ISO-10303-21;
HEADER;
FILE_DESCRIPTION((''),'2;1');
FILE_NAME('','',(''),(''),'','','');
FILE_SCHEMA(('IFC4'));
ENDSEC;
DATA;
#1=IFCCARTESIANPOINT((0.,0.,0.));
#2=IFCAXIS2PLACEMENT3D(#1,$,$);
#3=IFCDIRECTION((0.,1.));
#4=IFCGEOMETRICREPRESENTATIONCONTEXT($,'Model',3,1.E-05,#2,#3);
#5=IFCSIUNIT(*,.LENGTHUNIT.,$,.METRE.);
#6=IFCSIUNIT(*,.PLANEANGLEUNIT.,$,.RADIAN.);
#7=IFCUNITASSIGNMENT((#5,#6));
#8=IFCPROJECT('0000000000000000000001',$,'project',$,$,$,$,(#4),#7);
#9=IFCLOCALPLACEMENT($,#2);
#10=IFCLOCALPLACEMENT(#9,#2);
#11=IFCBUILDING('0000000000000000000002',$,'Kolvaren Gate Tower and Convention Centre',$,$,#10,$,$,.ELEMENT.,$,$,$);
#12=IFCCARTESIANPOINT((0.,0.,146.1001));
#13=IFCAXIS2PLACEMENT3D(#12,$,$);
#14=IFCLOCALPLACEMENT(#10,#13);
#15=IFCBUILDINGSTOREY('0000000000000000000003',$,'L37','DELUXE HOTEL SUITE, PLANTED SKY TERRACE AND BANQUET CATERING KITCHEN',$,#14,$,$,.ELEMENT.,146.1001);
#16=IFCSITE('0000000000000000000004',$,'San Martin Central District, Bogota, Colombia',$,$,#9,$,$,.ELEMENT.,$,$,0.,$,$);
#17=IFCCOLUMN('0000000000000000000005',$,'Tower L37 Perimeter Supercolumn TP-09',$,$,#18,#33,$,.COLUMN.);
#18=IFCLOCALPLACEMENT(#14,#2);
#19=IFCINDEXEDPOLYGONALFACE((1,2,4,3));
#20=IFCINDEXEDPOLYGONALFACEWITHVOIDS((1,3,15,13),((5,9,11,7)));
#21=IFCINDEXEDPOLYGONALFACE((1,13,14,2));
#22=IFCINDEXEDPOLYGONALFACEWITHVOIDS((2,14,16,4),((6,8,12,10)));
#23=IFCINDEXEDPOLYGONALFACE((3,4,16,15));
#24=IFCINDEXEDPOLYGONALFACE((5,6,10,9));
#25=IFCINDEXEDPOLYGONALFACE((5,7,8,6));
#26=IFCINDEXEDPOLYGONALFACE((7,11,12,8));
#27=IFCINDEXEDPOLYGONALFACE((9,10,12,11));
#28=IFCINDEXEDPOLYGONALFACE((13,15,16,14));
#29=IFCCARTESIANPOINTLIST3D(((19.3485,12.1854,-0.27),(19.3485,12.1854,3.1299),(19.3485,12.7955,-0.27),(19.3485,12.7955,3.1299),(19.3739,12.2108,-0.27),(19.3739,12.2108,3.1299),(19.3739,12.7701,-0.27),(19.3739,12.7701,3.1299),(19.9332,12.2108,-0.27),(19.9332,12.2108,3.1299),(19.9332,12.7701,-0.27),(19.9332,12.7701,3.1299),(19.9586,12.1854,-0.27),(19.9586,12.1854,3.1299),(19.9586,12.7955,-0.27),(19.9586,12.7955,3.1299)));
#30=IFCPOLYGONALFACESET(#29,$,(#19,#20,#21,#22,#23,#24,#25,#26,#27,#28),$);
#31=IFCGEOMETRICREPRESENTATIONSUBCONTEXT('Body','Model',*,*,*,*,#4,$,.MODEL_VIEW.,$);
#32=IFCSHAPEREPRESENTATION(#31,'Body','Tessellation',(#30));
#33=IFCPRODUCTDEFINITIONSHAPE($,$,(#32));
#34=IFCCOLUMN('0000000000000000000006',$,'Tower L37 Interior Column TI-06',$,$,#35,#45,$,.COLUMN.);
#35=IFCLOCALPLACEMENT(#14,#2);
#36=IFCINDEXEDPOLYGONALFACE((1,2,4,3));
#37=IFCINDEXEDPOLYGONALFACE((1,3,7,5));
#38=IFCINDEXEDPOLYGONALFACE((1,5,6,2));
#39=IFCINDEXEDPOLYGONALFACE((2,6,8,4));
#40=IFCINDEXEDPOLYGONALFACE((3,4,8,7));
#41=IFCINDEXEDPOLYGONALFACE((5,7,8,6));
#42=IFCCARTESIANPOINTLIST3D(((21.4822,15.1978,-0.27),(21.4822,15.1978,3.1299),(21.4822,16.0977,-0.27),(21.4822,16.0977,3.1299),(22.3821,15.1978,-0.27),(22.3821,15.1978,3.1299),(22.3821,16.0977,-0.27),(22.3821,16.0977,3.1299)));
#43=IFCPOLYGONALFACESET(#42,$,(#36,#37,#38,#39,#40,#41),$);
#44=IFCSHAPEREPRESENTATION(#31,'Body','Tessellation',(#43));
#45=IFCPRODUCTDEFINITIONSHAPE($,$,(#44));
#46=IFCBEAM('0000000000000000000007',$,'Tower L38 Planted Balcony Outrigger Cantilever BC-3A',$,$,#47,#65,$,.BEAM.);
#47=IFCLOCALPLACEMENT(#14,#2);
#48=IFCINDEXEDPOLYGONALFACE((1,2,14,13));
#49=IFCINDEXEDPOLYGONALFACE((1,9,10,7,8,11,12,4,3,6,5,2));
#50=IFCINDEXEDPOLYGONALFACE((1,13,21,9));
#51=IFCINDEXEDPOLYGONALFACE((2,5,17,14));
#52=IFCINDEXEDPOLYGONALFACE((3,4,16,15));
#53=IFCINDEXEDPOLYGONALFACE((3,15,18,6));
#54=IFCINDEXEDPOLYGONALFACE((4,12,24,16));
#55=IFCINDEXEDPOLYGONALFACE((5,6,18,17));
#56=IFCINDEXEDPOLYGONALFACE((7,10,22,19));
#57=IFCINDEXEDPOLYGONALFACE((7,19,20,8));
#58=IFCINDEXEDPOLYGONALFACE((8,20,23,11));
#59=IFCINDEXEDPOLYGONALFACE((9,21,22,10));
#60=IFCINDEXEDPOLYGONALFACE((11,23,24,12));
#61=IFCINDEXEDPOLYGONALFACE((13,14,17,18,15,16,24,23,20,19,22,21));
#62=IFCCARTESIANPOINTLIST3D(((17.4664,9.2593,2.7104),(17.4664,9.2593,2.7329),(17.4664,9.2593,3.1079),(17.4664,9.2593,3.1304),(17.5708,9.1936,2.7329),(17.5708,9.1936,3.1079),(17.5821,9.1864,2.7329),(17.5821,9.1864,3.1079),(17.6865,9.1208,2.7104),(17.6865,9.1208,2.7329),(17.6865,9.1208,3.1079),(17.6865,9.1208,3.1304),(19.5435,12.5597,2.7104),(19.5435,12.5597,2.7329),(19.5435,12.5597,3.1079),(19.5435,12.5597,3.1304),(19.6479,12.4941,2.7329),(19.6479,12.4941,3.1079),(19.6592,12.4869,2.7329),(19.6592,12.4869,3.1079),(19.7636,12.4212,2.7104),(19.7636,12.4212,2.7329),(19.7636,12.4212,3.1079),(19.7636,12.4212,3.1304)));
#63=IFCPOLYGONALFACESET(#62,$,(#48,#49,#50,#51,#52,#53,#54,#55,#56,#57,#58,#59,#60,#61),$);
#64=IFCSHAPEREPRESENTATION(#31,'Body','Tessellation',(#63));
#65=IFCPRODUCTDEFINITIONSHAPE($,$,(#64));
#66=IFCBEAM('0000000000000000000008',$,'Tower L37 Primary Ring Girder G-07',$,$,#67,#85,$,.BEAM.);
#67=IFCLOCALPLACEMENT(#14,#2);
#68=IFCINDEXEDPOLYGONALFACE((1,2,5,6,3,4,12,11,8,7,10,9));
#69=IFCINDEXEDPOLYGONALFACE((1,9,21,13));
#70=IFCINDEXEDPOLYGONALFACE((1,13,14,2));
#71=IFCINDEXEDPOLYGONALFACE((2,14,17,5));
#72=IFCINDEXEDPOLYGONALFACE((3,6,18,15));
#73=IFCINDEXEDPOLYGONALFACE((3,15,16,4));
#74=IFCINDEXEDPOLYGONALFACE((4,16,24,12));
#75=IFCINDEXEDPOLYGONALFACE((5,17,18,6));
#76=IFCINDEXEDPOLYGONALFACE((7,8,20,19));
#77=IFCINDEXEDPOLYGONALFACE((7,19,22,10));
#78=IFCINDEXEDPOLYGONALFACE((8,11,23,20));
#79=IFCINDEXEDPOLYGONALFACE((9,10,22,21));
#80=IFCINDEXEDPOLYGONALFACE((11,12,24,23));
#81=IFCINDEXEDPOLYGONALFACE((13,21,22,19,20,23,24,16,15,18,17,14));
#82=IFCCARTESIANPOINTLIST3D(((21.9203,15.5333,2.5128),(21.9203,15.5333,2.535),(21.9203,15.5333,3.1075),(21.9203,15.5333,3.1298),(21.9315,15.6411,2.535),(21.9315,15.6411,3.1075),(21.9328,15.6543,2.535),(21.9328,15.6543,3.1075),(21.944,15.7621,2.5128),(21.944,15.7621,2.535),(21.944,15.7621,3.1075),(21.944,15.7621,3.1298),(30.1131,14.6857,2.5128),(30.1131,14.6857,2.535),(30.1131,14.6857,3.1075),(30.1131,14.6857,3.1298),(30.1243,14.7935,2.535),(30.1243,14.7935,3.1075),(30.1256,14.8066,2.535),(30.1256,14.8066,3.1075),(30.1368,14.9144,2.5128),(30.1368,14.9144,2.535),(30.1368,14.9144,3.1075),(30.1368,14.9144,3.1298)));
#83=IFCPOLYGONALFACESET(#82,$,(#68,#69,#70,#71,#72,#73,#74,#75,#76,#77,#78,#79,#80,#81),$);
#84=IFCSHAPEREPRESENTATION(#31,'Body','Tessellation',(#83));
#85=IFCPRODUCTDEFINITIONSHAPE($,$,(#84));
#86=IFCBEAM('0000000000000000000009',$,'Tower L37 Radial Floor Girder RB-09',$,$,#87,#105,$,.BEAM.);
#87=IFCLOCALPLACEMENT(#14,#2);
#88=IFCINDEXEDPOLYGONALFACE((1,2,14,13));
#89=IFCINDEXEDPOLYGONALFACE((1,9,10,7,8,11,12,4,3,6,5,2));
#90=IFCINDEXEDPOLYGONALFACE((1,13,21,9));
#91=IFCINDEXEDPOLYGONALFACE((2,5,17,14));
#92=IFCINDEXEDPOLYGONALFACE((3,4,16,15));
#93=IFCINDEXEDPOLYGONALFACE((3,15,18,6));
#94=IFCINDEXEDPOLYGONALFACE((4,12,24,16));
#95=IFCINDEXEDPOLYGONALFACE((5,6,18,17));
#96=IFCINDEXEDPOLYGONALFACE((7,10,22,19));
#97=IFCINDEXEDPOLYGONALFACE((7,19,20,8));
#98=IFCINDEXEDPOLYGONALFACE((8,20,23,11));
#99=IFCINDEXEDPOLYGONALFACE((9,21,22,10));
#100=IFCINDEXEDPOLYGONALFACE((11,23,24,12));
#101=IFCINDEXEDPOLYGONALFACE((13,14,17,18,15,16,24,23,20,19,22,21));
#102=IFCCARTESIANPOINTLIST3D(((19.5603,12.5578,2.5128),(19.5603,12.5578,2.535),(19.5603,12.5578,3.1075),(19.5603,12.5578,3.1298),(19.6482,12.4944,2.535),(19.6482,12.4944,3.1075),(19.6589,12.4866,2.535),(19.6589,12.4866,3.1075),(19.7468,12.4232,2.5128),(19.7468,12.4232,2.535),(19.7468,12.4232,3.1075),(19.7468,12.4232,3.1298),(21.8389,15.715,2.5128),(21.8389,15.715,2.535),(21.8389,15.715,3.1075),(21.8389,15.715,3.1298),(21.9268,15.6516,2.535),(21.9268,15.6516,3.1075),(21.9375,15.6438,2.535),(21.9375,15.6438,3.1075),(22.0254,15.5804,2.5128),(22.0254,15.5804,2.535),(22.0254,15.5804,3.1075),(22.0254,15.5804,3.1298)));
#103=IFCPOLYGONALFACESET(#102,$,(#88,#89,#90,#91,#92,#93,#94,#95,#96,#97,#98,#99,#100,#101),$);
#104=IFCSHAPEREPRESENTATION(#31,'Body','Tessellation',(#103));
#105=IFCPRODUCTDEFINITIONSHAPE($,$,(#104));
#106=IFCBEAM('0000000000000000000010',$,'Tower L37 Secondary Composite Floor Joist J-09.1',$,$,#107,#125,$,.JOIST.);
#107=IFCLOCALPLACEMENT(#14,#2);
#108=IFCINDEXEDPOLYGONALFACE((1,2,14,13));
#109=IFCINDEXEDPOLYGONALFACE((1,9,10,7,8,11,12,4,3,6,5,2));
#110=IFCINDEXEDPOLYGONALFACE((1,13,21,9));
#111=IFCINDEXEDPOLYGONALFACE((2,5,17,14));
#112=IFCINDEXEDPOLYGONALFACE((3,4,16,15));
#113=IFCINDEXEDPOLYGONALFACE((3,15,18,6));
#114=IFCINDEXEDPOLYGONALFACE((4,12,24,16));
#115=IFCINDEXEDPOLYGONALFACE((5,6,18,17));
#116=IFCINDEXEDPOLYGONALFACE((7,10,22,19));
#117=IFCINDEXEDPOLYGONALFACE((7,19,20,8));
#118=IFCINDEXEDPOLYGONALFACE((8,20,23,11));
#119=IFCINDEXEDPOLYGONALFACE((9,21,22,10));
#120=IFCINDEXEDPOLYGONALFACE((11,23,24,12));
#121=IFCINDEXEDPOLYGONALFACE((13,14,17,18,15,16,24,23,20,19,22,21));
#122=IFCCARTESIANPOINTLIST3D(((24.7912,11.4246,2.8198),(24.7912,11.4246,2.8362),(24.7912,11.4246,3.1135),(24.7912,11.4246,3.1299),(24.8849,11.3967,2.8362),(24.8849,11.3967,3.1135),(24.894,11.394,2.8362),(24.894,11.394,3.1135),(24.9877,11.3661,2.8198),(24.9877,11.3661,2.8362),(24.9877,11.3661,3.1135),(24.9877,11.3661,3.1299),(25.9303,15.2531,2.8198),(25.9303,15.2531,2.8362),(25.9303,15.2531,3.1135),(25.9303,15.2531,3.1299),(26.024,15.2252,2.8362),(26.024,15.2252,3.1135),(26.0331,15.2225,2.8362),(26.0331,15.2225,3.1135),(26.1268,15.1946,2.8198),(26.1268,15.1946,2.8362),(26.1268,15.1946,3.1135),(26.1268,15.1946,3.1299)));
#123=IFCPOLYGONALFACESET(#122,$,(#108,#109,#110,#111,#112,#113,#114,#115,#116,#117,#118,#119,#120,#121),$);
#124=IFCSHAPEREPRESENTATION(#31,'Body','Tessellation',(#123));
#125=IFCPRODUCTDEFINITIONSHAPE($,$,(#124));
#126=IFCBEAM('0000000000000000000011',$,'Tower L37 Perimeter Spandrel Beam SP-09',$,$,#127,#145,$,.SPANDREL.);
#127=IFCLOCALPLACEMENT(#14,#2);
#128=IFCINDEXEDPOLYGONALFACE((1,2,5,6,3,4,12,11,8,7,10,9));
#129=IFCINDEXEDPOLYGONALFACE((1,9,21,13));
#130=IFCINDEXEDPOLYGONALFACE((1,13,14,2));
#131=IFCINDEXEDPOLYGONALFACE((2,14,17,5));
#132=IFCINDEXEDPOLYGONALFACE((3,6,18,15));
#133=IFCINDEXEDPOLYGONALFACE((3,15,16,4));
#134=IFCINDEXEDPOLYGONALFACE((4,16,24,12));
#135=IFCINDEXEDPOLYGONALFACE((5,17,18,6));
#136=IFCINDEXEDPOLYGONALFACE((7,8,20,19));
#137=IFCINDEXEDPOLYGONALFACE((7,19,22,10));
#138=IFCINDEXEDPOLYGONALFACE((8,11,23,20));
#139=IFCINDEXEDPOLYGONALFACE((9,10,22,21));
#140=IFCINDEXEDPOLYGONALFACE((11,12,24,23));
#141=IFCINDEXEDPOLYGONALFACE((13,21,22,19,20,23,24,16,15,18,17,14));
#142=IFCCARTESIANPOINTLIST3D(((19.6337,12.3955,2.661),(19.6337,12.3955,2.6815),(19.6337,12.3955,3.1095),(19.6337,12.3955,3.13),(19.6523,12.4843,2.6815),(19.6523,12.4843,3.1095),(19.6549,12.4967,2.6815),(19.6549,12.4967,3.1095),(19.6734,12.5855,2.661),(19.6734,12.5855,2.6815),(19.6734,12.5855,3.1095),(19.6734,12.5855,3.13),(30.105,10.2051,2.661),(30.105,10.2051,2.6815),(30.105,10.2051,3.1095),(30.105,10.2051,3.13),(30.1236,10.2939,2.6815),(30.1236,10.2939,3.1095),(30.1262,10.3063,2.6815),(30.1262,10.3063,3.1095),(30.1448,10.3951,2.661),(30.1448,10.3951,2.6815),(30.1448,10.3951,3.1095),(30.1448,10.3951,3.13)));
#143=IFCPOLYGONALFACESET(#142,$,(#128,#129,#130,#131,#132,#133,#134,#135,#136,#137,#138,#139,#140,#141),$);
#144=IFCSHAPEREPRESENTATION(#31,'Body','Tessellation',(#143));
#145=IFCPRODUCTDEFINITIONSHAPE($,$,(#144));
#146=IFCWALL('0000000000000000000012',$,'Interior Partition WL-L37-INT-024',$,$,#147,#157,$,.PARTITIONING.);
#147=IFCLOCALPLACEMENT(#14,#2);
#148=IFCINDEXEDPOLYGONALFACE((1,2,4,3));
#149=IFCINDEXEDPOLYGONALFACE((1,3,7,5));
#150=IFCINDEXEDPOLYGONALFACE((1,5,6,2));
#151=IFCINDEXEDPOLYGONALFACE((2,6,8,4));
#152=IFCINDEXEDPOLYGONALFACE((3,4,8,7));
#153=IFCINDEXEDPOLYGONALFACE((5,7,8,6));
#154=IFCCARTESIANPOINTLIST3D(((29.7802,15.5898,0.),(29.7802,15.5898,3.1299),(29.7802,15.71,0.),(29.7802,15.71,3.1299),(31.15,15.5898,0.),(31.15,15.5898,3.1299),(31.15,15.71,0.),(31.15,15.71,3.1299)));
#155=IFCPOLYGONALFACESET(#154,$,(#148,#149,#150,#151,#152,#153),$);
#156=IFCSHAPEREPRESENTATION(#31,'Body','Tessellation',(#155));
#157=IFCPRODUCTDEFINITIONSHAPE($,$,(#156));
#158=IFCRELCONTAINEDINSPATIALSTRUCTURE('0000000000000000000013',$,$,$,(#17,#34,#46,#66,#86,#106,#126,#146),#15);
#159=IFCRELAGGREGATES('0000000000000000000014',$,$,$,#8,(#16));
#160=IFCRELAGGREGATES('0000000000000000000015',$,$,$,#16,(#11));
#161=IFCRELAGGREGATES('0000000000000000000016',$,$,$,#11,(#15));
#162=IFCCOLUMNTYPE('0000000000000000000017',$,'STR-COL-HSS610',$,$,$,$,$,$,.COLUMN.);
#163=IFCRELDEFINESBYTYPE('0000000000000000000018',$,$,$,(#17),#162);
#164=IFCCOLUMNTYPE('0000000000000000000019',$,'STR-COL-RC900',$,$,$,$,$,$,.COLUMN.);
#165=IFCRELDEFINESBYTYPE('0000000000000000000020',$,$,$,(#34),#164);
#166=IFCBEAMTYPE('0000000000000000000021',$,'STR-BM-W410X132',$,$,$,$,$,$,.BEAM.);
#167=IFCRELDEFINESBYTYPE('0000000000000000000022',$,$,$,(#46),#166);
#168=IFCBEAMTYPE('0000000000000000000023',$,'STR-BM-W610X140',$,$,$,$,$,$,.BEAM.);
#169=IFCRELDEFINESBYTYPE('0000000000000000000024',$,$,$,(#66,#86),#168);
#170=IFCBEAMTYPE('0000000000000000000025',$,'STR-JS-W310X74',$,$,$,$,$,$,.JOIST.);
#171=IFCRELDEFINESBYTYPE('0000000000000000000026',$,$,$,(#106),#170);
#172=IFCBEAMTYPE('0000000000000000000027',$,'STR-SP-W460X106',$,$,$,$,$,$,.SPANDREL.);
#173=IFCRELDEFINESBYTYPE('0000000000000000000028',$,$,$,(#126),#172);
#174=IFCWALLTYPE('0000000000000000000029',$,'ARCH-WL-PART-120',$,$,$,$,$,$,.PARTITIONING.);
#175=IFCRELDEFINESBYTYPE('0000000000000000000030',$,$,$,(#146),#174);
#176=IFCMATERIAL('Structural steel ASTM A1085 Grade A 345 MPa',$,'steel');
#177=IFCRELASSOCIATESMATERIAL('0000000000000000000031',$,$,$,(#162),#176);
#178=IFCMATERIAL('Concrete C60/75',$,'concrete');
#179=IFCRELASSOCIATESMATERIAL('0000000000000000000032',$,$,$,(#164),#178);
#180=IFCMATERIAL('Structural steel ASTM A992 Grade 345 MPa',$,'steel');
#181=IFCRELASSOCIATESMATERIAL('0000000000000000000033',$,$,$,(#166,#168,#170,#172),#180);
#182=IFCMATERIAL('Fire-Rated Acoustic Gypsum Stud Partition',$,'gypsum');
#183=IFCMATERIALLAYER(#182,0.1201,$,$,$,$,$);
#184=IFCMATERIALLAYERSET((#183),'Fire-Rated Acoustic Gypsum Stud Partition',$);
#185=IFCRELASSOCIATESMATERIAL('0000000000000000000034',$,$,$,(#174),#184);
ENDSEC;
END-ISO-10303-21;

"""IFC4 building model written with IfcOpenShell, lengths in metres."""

from ifc_helpers import new_model, si_unit, direction, frame, frame_2d, origin, origin_2d, place, context, subcontext, project, spatial, rectangle, hollow_rectangle, i_section, extrude, material, layer, layer_set, material_profile, profile_set, type_object, element, save


model = new_model("IFC4")

# Units and contexts
model_context = context("Model", 3, precision=1e-05, world=origin(), true_north=direction((0.0, 1.0)))
body_context = subcontext(model_context, "Body", "Model", "MODEL_VIEW")
ifc_project = project(units=[si_unit("LENGTHUNIT", "METRE"), si_unit("PLANEANGLEUNIT", "RADIAN")], contexts=[model_context])

# Site, building, storey
site_placement = place(None, origin())
site = spatial("IfcSite", under=ifc_project, at=site_placement, Name="San Martin Central District, Bogota, Colombia", CompositionType="ELEMENT", RefElevation=0.0)
building_placement = place(site_placement, origin())
building = spatial("IfcBuilding", under=site, at=building_placement, Name="Kolvaren Gate Tower and Convention Centre", CompositionType="ELEMENT")
storey_placement = place(building_placement, frame((0.0, 0.0, 146.1001)))
storey = spatial("IfcBuildingStorey", under=building, at=storey_placement, Name="L37", Description="DELUXE HOTEL SUITE, PLANTED SKY TERRACE AND BANQUET CATERING KITCHEN", CompositionType="ELEMENT", Elevation=146.1001)

# Columns
ifc_material_1 = material(Name="Structural steel ASTM A1085 Grade A 345 MPa", Category="steel")
ifc_material_profile_1 = material_profile(ifc_material_1, hollow_rectangle(XDim=0.6101, YDim=0.6101, WallThickness=0.0254, at=origin_2d()), Name="HSS610X610X25.4")
ifc_profile_set_1 = profile_set([ifc_material_profile_1], Name="Structural steel ASTM A1085 Grade A 345 MPa")
column_type_1 = type_object("IfcColumnType", Name="STR-COL-HSS610", PredefinedType="COLUMN", material=ifc_profile_set_1)
column_1_placement = place(storey_placement, frame((19.6536, 12.4905, -0.27), z_axis=(0.0, 0.0, 1.0), x_axis=(1.0, 0.0, 0.0)))
element("IfcColumn", 1, at=column_1_placement, inside=storey, type_object=column_type_1, Name="Tower L37 Perimeter Supercolumn TP-09", PredefinedType="COLUMN", context=body_context, shape_type="SweptSolid", body=[
    extrude(hollow_rectangle(XDim=0.6101, YDim=0.6101, WallThickness=0.0254, at=origin_2d()), origin(), (0.0, 0.0, 1.0), 3.3999),
])
ifc_material_2 = material(Name="Concrete C60/75", Category="concrete")
ifc_material_profile_2 = material_profile(ifc_material_2, rectangle(XDim=0.8999, YDim=0.8999, at=origin_2d()), Name="RC-COL-900X900")
ifc_profile_set_2 = profile_set([ifc_material_profile_2], Name="Concrete C60/75")
column_type_2 = type_object("IfcColumnType", Name="STR-COL-RC900", PredefinedType="COLUMN", material=ifc_profile_set_2)
column_2_placement = place(storey_placement, frame((21.9321, 15.6477, -0.27), z_axis=(0.0, 0.0, 1.0), x_axis=(1.0, 0.0, 0.0)))
element("IfcColumn", 2, at=column_2_placement, inside=storey, type_object=column_type_2, Name="Tower L37 Interior Column TI-06", PredefinedType="COLUMN", context=body_context, shape_type="SweptSolid", body=[
    extrude(rectangle(XDim=0.8999, YDim=0.8999, at=origin_2d()), origin(), (0.0, 0.0, 1.0), 3.3999),
])

# Beams
ifc_material_3 = material(Name="Structural steel ASTM A992 Grade 345 MPa", Category="steel")
ifc_material_profile_3 = material_profile(ifc_material_3, i_section(OverallWidth=0.26, OverallDepth=0.4199, WebThickness=0.0134, FlangeThickness=0.0225, at=origin_2d()), Name="W410X132")
ifc_profile_set_3 = profile_set([ifc_material_profile_3], Name="Structural steel ASTM A992 Grade 345 MPa")
beam_type_1 = type_object("IfcBeamType", Name="STR-BM-W410X132", PredefinedType="BEAM", material=ifc_profile_set_3)
beam_1_placement = place(storey_placement, frame((19.6536, 12.4905, 2.9204), z_axis=(-0.532636, -0.846345, 0.0), x_axis=(0.846345, -0.532636, 0.0)))
element("IfcBeam", 3, at=beam_1_placement, inside=storey, type_object=beam_type_1, Name="Tower L38 Planted Balcony Outrigger Cantilever BC-3A", PredefinedType="BEAM", context=body_context, shape_type="SweptSolid", body=[
    extrude(i_section(OverallWidth=0.26, OverallDepth=0.4199, WebThickness=0.0134, FlangeThickness=0.0225, at=origin_2d()), origin(), (0.0, 0.0, 1.0), 3.8997),
])
ifc_material_profile_4 = material_profile(ifc_material_3, i_section(OverallWidth=0.23, OverallDepth=0.6169, WebThickness=0.0132, FlangeThickness=0.0222, at=origin_2d()), Name="W610X140")
ifc_profile_set_4 = profile_set([ifc_material_profile_4], Name="Structural steel ASTM A992 Grade 345 MPa")
beam_type_2 = type_object("IfcBeamType", Name="STR-BM-W610X140", PredefinedType="BEAM", material=ifc_profile_set_4)
beam_2_placement = place(storey_placement, frame((21.9321, 15.6477, 2.8213), z_axis=(0.99469, -0.102913, 0.0), x_axis=(0.102913, 0.99469, 0.0)))
element("IfcBeam", 4, at=beam_2_placement, inside=storey, type_object=beam_type_2, Name="Tower L37 Primary Ring Girder G-07", PredefinedType="BEAM", context=body_context, shape_type="SweptSolid", body=[
    extrude(i_section(OverallWidth=0.23, OverallDepth=0.6169, WebThickness=0.0132, FlangeThickness=0.0222, at=origin_2d()), origin(), (0.0, 0.0, 1.0), 8.2366),
])
beam_3_placement = place(storey_placement, frame((21.9321, 15.6477, 2.8213), z_axis=(-0.585211, -0.810881, 0.0), x_axis=(0.810881, -0.585211, 0.0)))
element("IfcBeam", 5, at=beam_3_placement, inside=storey, type_object=beam_type_2, Name="Tower L37 Radial Floor Girder RB-09", PredefinedType="BEAM", context=body_context, shape_type="SweptSolid", body=[
    extrude(i_section(OverallWidth=0.23, OverallDepth=0.6169, WebThickness=0.0132, FlangeThickness=0.0222, at=origin_2d()), origin(), (0.0, 0.0, 1.0), 3.8936),
])
ifc_material_profile_5 = material_profile(ifc_material_3, i_section(OverallWidth=0.2051, OverallDepth=0.3101, WebThickness=0.0095, FlangeThickness=0.0164, at=origin_2d()), Name="W310X74")
ifc_profile_set_5 = profile_set([ifc_material_profile_5], Name="Structural steel ASTM A992 Grade 345 MPa")
beam_type_3 = type_object("IfcBeamType", Name="STR-JS-W310X74", PredefinedType="JOIST", material=ifc_profile_set_5)
beam_4_placement = place(storey_placement, frame((26.0286, 15.2239, 2.9749), z_axis=(-0.285183, -0.958473, 0.0), x_axis=(0.958473, -0.285183, 0.0)))
element("IfcBeam", 6, at=beam_4_placement, inside=storey, type_object=beam_type_3, Name="Tower L37 Secondary Composite Floor Joist J-09.1", PredefinedType="JOIST", context=body_context, shape_type="SweptSolid", body=[
    extrude(i_section(OverallWidth=0.2051, OverallDepth=0.3101, WebThickness=0.0095, FlangeThickness=0.0164, at=origin_2d()), origin(), (0.0, 0.0, 1.0), 3.9944),
])
ifc_material_profile_6 = material_profile(ifc_material_3, i_section(OverallWidth=0.1941, OverallDepth=0.469, WebThickness=0.0127, FlangeThickness=0.0205, at=origin_2d()), Name="W460X106")
ifc_profile_set_6 = profile_set([ifc_material_profile_6], Name="Structural steel ASTM A992 Grade 345 MPa")
beam_type_4 = type_object("IfcBeamType", Name="STR-SP-W460X106", PredefinedType="SPANDREL", material=ifc_profile_set_6)
beam_5_placement = place(storey_placement, frame((19.6536, 12.4905, 2.8955), z_axis=(0.978814, -0.20475, 0.0), x_axis=(0.20475, 0.978814, 0.0)))
element("IfcBeam", 7, at=beam_5_placement, inside=storey, type_object=beam_type_4, Name="Tower L37 Perimeter Spandrel Beam SP-09", PredefinedType="SPANDREL", context=body_context, shape_type="SweptSolid", body=[
    extrude(i_section(OverallWidth=0.1941, OverallDepth=0.469, WebThickness=0.0127, FlangeThickness=0.0205, at=origin_2d()), origin(), (0.0, 0.0, 1.0), 10.698),
])

# Wall
ifc_material_4 = material(Name="Fire-Rated Acoustic Gypsum Stud Partition", Category="gypsum")
ifc_layer_1 = layer(ifc_material_4, 0.1201)
ifc_layer_set_1 = layer_set([ifc_layer_1], Name="Fire-Rated Acoustic Gypsum Stud Partition")
wall_type_1 = type_object("IfcWallType", Name="ARCH-WL-PART-120", PredefinedType="PARTITIONING", material=ifc_layer_set_1)
wall_1_placement = place(storey_placement, frame((29.78, 15.6499, 0.0), z_axis=(0.0, 0.0, 1.0), x_axis=(1.0, 0.0, 0.0)))
element("IfcWall", 8, at=wall_1_placement, inside=storey, type_object=wall_type_1, Name="Interior Partition WL-L37-INT-024", PredefinedType="PARTITIONING", context=body_context, shape_type="SweptSolid", body=[
    extrude(rectangle(XDim=1.3699, YDim=0.1201, at=frame_2d((0.6851, 0.0))), origin(), (0.0, 0.0, 1.0), 3.1299),
])

save(model, "model.ifc")
